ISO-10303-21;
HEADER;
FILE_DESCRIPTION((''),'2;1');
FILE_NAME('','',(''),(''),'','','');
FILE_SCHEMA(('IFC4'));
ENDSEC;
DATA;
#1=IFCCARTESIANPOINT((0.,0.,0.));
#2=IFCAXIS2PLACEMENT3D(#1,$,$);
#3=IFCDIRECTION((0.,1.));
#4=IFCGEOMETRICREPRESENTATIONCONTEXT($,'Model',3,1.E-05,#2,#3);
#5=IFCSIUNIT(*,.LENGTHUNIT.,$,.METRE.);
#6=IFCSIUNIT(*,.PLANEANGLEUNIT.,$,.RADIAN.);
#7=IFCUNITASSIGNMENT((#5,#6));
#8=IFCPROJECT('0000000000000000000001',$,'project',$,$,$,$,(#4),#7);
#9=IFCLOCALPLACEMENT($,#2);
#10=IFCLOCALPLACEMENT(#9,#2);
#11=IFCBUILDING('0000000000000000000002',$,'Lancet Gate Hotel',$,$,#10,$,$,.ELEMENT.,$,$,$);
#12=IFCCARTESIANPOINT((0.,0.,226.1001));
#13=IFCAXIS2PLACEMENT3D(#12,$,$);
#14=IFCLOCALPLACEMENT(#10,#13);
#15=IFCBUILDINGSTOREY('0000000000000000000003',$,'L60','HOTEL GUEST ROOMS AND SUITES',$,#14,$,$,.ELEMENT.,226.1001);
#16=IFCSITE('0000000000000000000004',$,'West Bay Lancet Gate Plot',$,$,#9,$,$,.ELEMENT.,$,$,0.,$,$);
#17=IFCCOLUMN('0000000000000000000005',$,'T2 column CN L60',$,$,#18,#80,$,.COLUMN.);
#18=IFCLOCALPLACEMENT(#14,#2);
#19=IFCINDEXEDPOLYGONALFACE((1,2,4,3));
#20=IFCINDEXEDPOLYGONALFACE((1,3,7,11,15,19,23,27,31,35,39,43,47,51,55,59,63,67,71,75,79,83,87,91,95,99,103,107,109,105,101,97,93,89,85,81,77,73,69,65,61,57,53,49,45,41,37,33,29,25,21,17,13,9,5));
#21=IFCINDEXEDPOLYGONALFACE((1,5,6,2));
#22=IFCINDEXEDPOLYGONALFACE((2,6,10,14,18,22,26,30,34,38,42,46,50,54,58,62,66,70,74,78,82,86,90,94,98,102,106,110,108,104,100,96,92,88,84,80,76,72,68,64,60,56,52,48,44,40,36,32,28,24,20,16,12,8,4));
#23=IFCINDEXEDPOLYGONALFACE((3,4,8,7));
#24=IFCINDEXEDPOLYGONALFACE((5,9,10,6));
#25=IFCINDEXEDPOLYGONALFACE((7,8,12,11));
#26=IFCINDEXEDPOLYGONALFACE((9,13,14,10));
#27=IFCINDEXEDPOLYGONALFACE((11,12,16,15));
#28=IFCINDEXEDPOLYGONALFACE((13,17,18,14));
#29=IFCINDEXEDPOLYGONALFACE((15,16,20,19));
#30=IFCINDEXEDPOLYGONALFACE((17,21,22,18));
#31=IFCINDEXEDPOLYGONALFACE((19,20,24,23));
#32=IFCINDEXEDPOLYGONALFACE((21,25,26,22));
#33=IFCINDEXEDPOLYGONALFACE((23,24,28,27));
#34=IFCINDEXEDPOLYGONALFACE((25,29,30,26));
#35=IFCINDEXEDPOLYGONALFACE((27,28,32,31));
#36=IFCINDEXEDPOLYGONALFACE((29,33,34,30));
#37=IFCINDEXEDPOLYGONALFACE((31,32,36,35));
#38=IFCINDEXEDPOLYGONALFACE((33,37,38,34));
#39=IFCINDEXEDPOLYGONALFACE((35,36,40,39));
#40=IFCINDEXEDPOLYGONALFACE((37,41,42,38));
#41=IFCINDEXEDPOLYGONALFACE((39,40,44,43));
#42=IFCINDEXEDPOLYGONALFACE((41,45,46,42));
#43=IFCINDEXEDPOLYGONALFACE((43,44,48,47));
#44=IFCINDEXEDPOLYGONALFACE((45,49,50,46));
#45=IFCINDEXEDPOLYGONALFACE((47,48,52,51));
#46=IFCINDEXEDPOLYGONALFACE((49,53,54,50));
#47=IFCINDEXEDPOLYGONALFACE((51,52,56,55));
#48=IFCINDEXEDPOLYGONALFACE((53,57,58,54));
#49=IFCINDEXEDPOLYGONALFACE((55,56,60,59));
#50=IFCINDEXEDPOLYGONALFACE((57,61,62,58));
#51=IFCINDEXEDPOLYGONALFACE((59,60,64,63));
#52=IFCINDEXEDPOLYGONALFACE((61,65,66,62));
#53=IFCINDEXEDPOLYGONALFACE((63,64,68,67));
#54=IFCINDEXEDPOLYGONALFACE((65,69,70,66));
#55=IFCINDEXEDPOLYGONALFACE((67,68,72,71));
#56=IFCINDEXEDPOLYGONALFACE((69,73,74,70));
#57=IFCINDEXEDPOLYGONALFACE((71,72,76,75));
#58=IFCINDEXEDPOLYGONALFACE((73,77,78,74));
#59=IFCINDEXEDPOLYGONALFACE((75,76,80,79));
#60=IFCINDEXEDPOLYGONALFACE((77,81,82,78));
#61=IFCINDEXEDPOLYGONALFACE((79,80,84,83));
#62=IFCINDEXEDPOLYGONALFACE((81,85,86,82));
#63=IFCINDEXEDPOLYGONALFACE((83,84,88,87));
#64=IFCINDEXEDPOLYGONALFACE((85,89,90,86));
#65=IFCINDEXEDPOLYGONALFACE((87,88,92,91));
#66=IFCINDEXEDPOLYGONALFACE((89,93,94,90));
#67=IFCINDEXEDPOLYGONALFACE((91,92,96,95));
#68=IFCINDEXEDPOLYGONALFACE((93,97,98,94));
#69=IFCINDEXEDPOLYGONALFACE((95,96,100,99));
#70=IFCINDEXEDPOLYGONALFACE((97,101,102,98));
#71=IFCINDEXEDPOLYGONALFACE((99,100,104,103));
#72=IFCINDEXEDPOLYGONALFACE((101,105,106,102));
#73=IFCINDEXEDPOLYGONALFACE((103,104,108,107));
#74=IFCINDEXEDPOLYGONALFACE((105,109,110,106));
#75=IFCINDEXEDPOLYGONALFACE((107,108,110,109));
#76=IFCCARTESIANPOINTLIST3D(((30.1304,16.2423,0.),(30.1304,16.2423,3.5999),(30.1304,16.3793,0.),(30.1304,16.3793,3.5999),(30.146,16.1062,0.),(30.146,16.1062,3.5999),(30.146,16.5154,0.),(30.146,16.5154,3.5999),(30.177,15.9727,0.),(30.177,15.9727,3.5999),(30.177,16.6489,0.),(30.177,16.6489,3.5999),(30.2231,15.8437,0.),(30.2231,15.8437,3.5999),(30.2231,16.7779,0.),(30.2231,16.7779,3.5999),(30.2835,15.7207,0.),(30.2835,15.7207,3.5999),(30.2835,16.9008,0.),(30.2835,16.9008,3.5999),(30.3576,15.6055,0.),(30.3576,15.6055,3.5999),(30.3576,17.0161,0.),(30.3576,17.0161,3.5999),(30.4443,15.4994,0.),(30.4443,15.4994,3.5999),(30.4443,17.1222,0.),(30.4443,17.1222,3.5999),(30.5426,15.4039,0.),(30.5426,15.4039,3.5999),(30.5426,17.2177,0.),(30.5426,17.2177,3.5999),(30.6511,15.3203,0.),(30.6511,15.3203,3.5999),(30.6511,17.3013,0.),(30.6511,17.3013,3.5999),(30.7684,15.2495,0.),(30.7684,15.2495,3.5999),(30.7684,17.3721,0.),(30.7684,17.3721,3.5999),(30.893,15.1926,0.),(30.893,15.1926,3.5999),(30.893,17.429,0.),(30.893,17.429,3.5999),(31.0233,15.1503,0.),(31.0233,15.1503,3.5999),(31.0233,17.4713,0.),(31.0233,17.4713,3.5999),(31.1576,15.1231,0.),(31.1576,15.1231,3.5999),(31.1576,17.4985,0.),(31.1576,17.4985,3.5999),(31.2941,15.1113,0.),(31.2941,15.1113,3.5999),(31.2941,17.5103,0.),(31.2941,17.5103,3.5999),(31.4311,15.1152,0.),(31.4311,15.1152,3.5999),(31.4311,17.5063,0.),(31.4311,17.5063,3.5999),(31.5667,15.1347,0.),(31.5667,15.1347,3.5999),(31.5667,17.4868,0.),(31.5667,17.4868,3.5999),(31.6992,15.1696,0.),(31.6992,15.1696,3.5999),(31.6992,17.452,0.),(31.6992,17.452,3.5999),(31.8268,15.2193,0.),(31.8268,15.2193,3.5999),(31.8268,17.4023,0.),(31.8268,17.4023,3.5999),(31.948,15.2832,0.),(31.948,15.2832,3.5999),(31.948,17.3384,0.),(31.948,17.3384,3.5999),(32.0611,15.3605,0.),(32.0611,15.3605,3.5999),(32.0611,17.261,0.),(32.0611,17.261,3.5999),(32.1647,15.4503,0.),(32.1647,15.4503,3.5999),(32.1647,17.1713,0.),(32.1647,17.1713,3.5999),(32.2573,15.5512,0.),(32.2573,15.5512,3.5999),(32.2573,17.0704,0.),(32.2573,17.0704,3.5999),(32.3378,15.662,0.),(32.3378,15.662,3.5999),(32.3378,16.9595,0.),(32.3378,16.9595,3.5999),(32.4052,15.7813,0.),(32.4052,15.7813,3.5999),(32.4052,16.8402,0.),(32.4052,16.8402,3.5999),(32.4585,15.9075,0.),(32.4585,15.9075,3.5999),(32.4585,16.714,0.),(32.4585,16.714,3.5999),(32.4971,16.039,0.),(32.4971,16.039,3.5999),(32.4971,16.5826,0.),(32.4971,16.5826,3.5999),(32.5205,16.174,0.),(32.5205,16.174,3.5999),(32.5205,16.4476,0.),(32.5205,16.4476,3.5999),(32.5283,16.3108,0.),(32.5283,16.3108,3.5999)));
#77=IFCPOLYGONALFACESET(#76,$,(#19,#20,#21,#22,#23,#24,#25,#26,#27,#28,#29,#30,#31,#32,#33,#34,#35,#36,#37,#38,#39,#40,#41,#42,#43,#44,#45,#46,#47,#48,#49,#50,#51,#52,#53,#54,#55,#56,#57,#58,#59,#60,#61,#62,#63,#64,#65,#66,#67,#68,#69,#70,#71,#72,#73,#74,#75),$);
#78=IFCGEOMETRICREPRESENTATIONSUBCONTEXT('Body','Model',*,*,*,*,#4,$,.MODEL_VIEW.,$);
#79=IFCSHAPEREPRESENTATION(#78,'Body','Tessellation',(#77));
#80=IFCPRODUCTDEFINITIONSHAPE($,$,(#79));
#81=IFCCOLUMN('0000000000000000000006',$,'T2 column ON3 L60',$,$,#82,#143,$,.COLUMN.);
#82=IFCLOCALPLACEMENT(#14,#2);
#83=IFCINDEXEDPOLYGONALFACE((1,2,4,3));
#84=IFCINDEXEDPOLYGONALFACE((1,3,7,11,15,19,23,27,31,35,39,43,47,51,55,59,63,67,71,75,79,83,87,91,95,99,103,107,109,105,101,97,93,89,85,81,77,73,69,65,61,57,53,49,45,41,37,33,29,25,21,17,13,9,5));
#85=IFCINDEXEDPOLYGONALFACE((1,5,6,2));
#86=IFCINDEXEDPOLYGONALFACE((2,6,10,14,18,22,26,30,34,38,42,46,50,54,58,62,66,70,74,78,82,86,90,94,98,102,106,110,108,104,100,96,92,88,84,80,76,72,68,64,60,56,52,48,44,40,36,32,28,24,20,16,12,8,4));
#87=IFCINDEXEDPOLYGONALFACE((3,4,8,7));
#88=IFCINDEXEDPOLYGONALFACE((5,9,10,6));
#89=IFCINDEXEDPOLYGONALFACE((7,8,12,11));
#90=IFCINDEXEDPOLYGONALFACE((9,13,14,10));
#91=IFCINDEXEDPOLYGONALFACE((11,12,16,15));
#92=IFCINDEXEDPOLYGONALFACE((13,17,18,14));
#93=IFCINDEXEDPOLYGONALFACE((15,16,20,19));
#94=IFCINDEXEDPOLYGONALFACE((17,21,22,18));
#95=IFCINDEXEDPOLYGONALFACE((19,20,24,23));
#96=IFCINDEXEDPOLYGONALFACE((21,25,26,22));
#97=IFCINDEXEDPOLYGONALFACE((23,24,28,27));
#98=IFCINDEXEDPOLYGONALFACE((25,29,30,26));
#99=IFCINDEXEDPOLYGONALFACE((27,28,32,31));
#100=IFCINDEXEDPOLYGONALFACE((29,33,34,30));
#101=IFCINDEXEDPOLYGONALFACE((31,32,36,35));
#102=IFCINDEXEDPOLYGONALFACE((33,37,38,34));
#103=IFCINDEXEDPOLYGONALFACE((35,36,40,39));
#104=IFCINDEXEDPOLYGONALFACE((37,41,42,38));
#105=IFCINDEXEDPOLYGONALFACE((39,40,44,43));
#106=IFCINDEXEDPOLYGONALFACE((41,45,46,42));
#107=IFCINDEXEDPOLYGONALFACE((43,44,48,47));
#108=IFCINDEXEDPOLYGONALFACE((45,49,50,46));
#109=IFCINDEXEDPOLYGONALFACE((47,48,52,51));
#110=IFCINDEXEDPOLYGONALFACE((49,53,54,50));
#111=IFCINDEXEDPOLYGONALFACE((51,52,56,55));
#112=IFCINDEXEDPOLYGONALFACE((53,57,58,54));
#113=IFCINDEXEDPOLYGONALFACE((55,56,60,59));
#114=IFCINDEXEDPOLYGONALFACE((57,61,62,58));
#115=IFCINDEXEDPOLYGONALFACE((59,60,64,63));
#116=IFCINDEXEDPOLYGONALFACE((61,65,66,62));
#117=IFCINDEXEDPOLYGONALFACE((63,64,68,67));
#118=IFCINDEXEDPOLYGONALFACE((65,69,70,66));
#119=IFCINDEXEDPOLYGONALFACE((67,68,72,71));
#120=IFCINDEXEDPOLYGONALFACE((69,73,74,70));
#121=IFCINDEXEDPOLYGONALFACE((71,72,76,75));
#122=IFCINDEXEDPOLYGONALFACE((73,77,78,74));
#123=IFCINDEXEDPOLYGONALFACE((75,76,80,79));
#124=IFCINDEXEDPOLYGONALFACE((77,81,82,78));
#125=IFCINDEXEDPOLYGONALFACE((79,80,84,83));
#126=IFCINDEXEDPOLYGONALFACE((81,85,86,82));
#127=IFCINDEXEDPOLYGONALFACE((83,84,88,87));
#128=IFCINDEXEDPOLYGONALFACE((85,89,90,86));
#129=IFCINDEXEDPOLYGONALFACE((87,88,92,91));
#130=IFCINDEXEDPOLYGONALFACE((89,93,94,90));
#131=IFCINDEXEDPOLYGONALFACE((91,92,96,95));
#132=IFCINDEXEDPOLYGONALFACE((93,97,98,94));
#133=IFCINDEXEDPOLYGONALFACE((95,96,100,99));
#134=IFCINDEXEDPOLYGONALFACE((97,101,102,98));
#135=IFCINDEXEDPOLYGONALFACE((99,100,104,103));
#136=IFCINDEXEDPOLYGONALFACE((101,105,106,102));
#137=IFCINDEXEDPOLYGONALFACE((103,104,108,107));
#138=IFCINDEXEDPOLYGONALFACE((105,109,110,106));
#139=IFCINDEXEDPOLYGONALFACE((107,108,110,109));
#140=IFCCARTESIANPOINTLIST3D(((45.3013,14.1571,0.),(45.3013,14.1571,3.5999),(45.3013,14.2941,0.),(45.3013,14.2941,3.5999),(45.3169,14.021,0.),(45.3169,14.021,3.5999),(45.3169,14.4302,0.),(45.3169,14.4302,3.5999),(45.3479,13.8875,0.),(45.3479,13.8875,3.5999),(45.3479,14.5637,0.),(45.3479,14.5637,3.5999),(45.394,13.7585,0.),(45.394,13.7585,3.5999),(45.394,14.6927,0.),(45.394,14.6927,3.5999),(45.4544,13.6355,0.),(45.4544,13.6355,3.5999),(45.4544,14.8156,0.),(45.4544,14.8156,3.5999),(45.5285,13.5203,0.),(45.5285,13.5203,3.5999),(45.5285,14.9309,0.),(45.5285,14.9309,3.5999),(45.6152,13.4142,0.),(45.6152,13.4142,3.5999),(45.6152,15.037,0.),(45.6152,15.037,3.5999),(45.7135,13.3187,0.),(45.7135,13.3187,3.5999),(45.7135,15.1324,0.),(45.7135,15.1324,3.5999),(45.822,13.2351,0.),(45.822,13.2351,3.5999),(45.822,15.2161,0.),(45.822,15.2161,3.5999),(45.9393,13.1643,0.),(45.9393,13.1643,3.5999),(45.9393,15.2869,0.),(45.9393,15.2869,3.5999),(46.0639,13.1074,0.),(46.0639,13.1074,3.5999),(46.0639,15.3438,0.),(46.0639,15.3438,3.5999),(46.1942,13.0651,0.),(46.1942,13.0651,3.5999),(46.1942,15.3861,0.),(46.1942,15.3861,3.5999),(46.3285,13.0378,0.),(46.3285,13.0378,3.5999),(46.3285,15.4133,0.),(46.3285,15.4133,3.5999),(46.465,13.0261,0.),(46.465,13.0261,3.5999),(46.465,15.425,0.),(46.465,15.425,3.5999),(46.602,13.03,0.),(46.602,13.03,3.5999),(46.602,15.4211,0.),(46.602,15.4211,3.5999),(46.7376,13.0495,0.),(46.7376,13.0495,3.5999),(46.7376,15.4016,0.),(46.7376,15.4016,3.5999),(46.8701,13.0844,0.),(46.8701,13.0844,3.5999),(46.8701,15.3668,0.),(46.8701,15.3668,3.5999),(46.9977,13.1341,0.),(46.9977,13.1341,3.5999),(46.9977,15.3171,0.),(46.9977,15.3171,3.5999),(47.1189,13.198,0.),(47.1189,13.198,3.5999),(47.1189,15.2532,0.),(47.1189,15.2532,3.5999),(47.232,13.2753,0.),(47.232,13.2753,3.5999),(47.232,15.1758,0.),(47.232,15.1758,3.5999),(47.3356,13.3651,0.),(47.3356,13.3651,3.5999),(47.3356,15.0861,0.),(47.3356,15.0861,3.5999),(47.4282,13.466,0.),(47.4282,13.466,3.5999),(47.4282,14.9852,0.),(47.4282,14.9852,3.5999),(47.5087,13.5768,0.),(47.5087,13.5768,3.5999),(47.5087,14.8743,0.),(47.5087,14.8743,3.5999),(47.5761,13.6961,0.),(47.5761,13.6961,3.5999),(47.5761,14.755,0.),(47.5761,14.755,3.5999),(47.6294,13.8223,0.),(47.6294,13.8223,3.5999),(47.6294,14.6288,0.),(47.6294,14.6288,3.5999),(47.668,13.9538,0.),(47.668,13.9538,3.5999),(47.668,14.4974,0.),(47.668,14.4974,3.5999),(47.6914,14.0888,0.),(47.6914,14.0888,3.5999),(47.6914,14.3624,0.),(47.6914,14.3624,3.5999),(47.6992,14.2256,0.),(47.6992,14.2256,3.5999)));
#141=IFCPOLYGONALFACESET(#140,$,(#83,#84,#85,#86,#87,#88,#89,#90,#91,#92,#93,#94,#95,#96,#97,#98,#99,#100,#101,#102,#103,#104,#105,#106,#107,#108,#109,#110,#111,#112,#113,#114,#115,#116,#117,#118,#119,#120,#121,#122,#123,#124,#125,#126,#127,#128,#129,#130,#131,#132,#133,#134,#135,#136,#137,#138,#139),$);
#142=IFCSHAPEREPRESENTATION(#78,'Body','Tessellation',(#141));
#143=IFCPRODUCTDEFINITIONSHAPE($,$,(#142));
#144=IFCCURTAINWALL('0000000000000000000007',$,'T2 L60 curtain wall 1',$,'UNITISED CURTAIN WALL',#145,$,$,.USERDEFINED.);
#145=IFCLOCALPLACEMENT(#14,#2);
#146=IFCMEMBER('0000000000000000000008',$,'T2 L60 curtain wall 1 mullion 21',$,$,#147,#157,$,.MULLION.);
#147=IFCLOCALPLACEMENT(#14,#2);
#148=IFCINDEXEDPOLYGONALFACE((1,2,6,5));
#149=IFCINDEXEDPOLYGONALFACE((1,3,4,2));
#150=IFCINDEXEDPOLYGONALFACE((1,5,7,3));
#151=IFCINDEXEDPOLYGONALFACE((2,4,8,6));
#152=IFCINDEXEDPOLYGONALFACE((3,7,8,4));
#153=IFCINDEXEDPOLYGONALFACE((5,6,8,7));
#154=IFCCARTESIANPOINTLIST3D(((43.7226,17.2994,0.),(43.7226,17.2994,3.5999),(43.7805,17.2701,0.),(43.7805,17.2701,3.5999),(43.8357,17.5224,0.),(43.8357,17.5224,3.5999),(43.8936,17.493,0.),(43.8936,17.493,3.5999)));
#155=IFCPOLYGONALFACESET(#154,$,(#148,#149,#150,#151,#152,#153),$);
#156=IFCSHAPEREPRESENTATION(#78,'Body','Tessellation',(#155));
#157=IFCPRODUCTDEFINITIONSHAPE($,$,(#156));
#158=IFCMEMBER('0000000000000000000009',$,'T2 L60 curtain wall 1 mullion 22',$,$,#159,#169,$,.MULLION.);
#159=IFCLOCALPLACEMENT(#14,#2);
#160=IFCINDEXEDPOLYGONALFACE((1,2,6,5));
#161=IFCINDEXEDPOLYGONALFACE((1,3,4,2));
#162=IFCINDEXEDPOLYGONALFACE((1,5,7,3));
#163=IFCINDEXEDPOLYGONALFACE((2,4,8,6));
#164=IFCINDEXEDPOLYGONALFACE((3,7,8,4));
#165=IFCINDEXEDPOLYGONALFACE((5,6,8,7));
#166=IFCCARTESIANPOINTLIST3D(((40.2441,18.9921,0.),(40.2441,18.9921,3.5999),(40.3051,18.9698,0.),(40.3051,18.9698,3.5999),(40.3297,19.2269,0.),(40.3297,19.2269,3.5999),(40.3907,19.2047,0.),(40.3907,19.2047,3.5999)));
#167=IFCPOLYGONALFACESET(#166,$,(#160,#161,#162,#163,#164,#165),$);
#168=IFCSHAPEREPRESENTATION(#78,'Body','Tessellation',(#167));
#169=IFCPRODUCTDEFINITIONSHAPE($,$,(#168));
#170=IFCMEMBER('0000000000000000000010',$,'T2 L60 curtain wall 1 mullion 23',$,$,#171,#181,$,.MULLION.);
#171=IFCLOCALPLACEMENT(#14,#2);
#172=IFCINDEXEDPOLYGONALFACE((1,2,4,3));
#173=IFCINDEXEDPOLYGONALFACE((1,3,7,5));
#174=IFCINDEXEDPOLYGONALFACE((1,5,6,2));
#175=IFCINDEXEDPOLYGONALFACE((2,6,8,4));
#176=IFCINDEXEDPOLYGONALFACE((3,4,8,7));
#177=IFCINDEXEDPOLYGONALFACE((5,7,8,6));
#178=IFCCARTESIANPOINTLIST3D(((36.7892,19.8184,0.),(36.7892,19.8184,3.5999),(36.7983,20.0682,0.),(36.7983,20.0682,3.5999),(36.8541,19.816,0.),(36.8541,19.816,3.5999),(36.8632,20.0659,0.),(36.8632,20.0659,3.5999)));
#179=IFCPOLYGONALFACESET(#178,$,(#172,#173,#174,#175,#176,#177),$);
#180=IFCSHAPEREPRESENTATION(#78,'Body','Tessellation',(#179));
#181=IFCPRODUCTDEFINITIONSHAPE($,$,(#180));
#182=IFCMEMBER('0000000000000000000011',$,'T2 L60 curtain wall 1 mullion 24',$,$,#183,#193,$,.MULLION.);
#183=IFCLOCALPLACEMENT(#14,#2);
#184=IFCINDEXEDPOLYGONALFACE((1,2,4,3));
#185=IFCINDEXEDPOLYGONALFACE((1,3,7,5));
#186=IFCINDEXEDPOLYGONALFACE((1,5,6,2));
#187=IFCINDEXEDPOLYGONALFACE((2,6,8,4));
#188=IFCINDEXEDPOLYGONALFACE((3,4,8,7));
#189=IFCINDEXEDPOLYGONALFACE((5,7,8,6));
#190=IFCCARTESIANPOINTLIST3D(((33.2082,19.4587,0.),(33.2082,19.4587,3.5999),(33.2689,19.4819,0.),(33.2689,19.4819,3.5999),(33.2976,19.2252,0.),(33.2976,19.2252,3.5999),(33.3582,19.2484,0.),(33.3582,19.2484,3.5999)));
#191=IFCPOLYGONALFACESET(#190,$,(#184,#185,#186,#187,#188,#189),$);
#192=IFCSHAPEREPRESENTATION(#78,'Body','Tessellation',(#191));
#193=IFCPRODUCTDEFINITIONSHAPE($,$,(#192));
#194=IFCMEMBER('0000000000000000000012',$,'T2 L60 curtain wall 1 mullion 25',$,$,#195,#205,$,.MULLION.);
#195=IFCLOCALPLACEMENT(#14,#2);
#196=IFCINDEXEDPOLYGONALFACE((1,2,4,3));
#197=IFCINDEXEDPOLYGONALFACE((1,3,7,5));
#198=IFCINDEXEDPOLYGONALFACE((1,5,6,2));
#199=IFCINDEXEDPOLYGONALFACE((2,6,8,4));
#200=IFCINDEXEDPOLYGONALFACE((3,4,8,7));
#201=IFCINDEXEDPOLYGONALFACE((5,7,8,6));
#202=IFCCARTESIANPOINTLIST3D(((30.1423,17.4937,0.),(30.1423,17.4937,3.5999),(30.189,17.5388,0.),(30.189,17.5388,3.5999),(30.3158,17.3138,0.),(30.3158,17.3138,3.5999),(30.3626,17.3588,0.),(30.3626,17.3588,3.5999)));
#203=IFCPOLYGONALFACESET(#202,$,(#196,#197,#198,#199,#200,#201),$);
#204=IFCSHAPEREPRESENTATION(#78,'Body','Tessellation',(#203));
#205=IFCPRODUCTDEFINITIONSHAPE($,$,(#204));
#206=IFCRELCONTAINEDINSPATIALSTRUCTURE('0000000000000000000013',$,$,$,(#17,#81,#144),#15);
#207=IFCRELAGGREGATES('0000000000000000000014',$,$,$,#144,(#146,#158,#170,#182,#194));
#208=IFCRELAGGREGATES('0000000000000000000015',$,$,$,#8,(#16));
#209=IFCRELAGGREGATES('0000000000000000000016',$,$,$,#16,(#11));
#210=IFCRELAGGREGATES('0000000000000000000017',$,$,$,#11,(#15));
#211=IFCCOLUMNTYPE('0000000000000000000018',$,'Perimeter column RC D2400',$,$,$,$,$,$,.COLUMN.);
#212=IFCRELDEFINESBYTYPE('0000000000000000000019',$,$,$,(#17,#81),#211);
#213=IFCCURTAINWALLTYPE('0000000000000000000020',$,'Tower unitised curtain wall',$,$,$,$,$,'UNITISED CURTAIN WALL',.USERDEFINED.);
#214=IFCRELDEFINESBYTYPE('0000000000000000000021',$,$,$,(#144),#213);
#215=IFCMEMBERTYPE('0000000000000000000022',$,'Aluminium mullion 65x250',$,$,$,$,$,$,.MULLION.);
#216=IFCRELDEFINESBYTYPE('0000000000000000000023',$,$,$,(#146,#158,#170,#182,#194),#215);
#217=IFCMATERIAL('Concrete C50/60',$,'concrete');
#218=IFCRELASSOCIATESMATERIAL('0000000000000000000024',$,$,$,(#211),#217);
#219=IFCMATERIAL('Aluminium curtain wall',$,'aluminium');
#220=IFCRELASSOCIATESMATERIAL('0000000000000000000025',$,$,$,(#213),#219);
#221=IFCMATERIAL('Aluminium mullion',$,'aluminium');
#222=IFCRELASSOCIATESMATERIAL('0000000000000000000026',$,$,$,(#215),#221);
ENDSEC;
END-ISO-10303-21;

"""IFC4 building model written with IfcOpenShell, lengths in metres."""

from ifc_helpers import new_model, si_unit, direction, frame, origin, origin_2d, place, context, subcontext, project, spatial, rectangle, circle, extrude, material, material_profile, profile_set, type_object, element, aggregate, save


model = new_model("IFC4")

# Units and contexts
model_context = context("Model", 3, precision=1e-05, world=origin(), true_north=direction((0.0, 1.0)))
body_context = subcontext(model_context, "Body", "Model", "MODEL_VIEW")
ifc_project = project(units=[si_unit("LENGTHUNIT", "METRE"), si_unit("PLANEANGLEUNIT", "RADIAN")], contexts=[model_context])

# Site, building, storey
site_placement = place(None, origin())
site = spatial("IfcSite", under=ifc_project, at=site_placement, Name="West Bay Lancet Gate Plot", CompositionType="ELEMENT", RefElevation=0.0)
building_placement = place(site_placement, origin())
building = spatial("IfcBuilding", under=site, at=building_placement, Name="Lancet Gate Hotel", CompositionType="ELEMENT")
storey_placement = place(building_placement, frame((0.0, 0.0, 226.1001)))
storey = spatial("IfcBuildingStorey", under=building, at=storey_placement, Name="L60", Description="HOTEL GUEST ROOMS AND SUITES", CompositionType="ELEMENT", Elevation=226.1001)

# Columns
ifc_material_1 = material(Name="Concrete C50/60", Category="concrete")
ifc_material_profile_1 = material_profile(ifc_material_1, circle(Radius=1.2, at=origin_2d()), Name="RC D2400")
ifc_profile_set_1 = profile_set([ifc_material_profile_1], Name="Concrete C50/60")
column_type = type_object("IfcColumnType", Name="Perimeter column RC D2400", PredefinedType="COLUMN", material=ifc_profile_set_1)
for number, where, z_axis, x_axis, name in (
    (1, (31.3284, 16.3108, 0.0), (0.0, 0.0, 1.0), (1.0, 0.0, 0.0), "T2 column CN L60"),
    (2, (46.4993, 14.2256, 0.0), (0.0, 0.0, 1.0), (1.0, 0.0, 0.0), "T2 column ON3 L60"),
):
    element("IfcColumn", number, at=place(storey_placement, frame(where, z_axis=z_axis, x_axis=x_axis)), inside=storey, type_object=column_type, Name=name, PredefinedType="COLUMN", context=body_context, shape_type="SweptSolid", body=[
        extrude(circle(Radius=1.2, at=origin_2d()), origin(), (0.0, 0.0, 1.0), 3.5999),
    ])

# Curtain wall, members
ifc_material_2 = material(Name="Aluminium curtain wall", Category="aluminium")
curtain_wall_type = type_object("IfcCurtainWallType", Name="Tower unitised curtain wall", ElementType="UNITISED CURTAIN WALL", PredefinedType="USERDEFINED", material=ifc_material_2)
curtain_wall_placement = place(storey_placement, origin())
curtain_wall = element("IfcCurtainWall", 3, at=curtain_wall_placement, inside=storey, type_object=curtain_wall_type, Name="T2 L60 curtain wall 1", ObjectType="UNITISED CURTAIN WALL", PredefinedType="USERDEFINED")
ifc_material_3 = material(Name="Aluminium mullion", Category="aluminium")
ifc_material_profile_2 = material_profile(ifc_material_3, rectangle(XDim=0.0649, YDim=0.25, at=origin_2d()), Name="MULLION 65x250")
ifc_profile_set_2 = profile_set([ifc_material_profile_2], Name="Aluminium mullion")
member_type_1 = type_object("IfcMemberType", Name="Aluminium mullion 65x250", PredefinedType="MULLION", material=ifc_profile_set_2)
member_1_placement = place(storey_placement, frame((43.8081, 17.3962, 0.0), z_axis=(0.0, 0.0, 1.0), x_axis=(-0.891833, 0.452365, 0.0)))
member_1 = element("IfcMember", 4, at=member_1_placement, type_object=member_type_1, Name="T2 L60 curtain wall 1 mullion 21", PredefinedType="MULLION", context=body_context, shape_type="SweptSolid", body=[
    extrude(rectangle(XDim=0.0649, YDim=0.25, at=origin_2d()), origin(), (0.0, 0.0, 1.0), 3.5999),
])
member_2_placement = place(storey_placement, frame((40.3174, 19.0984, 0.0), z_axis=(0.0, 0.0, 1.0), x_axis=(-0.939484, 0.342593, 0.0)))
member_2 = element("IfcMember", 5, at=member_2_placement, type_object=member_type_1, Name="T2 L60 curtain wall 1 mullion 22", PredefinedType="MULLION", context=body_context, shape_type="SweptSolid", body=[
    extrude(rectangle(XDim=0.0649, YDim=0.25, at=origin_2d()), origin(), (0.0, 0.0, 1.0), 3.5999),
])
member_3_placement = place(storey_placement, frame((36.8262, 19.9421, 0.0), z_axis=(0.0, 0.0, 1.0), x_axis=(-0.999343, 0.03625, 0.0)))
member_3 = element("IfcMember", 6, at=member_3_placement, type_object=member_type_1, Name="T2 L60 curtain wall 1 mullion 23", PredefinedType="MULLION", context=body_context, shape_type="SweptSolid", body=[
    extrude(rectangle(XDim=0.0649, YDim=0.25, at=origin_2d()), origin(), (0.0, 0.0, 1.0), 3.5999),
])
member_4_placement = place(storey_placement, frame((33.2832, 19.3535, 0.0), z_axis=(0.0, 0.0, 1.0), x_axis=(-0.933943, -0.357421, 0.0)))
member_4 = element("IfcMember", 7, at=member_4_placement, type_object=member_type_1, Name="T2 L60 curtain wall 1 mullion 24", PredefinedType="MULLION", context=body_context, shape_type="SweptSolid", body=[
    extrude(rectangle(XDim=0.0649, YDim=0.25, at=origin_2d()), origin(), (0.0, 0.0, 1.0), 3.5999),
])
member_5_placement = place(storey_placement, frame((30.2524, 17.4263, 0.0), z_axis=(0.0, 0.0, 1.0), x_axis=(-0.719809, -0.694172, 0.0)))
member_5 = element("IfcMember", 8, at=member_5_placement, type_object=member_type_1, Name="T2 L60 curtain wall 1 mullion 25", PredefinedType="MULLION", context=body_context, shape_type="SweptSolid", body=[
    extrude(rectangle(XDim=0.0649, YDim=0.25, at=origin_2d()), origin(), (0.0, 0.0, 1.0), 3.5999),
])

aggregate(curtain_wall, [member_1, member_2, member_3, member_4, member_5])

save(model, "model.ifc")
